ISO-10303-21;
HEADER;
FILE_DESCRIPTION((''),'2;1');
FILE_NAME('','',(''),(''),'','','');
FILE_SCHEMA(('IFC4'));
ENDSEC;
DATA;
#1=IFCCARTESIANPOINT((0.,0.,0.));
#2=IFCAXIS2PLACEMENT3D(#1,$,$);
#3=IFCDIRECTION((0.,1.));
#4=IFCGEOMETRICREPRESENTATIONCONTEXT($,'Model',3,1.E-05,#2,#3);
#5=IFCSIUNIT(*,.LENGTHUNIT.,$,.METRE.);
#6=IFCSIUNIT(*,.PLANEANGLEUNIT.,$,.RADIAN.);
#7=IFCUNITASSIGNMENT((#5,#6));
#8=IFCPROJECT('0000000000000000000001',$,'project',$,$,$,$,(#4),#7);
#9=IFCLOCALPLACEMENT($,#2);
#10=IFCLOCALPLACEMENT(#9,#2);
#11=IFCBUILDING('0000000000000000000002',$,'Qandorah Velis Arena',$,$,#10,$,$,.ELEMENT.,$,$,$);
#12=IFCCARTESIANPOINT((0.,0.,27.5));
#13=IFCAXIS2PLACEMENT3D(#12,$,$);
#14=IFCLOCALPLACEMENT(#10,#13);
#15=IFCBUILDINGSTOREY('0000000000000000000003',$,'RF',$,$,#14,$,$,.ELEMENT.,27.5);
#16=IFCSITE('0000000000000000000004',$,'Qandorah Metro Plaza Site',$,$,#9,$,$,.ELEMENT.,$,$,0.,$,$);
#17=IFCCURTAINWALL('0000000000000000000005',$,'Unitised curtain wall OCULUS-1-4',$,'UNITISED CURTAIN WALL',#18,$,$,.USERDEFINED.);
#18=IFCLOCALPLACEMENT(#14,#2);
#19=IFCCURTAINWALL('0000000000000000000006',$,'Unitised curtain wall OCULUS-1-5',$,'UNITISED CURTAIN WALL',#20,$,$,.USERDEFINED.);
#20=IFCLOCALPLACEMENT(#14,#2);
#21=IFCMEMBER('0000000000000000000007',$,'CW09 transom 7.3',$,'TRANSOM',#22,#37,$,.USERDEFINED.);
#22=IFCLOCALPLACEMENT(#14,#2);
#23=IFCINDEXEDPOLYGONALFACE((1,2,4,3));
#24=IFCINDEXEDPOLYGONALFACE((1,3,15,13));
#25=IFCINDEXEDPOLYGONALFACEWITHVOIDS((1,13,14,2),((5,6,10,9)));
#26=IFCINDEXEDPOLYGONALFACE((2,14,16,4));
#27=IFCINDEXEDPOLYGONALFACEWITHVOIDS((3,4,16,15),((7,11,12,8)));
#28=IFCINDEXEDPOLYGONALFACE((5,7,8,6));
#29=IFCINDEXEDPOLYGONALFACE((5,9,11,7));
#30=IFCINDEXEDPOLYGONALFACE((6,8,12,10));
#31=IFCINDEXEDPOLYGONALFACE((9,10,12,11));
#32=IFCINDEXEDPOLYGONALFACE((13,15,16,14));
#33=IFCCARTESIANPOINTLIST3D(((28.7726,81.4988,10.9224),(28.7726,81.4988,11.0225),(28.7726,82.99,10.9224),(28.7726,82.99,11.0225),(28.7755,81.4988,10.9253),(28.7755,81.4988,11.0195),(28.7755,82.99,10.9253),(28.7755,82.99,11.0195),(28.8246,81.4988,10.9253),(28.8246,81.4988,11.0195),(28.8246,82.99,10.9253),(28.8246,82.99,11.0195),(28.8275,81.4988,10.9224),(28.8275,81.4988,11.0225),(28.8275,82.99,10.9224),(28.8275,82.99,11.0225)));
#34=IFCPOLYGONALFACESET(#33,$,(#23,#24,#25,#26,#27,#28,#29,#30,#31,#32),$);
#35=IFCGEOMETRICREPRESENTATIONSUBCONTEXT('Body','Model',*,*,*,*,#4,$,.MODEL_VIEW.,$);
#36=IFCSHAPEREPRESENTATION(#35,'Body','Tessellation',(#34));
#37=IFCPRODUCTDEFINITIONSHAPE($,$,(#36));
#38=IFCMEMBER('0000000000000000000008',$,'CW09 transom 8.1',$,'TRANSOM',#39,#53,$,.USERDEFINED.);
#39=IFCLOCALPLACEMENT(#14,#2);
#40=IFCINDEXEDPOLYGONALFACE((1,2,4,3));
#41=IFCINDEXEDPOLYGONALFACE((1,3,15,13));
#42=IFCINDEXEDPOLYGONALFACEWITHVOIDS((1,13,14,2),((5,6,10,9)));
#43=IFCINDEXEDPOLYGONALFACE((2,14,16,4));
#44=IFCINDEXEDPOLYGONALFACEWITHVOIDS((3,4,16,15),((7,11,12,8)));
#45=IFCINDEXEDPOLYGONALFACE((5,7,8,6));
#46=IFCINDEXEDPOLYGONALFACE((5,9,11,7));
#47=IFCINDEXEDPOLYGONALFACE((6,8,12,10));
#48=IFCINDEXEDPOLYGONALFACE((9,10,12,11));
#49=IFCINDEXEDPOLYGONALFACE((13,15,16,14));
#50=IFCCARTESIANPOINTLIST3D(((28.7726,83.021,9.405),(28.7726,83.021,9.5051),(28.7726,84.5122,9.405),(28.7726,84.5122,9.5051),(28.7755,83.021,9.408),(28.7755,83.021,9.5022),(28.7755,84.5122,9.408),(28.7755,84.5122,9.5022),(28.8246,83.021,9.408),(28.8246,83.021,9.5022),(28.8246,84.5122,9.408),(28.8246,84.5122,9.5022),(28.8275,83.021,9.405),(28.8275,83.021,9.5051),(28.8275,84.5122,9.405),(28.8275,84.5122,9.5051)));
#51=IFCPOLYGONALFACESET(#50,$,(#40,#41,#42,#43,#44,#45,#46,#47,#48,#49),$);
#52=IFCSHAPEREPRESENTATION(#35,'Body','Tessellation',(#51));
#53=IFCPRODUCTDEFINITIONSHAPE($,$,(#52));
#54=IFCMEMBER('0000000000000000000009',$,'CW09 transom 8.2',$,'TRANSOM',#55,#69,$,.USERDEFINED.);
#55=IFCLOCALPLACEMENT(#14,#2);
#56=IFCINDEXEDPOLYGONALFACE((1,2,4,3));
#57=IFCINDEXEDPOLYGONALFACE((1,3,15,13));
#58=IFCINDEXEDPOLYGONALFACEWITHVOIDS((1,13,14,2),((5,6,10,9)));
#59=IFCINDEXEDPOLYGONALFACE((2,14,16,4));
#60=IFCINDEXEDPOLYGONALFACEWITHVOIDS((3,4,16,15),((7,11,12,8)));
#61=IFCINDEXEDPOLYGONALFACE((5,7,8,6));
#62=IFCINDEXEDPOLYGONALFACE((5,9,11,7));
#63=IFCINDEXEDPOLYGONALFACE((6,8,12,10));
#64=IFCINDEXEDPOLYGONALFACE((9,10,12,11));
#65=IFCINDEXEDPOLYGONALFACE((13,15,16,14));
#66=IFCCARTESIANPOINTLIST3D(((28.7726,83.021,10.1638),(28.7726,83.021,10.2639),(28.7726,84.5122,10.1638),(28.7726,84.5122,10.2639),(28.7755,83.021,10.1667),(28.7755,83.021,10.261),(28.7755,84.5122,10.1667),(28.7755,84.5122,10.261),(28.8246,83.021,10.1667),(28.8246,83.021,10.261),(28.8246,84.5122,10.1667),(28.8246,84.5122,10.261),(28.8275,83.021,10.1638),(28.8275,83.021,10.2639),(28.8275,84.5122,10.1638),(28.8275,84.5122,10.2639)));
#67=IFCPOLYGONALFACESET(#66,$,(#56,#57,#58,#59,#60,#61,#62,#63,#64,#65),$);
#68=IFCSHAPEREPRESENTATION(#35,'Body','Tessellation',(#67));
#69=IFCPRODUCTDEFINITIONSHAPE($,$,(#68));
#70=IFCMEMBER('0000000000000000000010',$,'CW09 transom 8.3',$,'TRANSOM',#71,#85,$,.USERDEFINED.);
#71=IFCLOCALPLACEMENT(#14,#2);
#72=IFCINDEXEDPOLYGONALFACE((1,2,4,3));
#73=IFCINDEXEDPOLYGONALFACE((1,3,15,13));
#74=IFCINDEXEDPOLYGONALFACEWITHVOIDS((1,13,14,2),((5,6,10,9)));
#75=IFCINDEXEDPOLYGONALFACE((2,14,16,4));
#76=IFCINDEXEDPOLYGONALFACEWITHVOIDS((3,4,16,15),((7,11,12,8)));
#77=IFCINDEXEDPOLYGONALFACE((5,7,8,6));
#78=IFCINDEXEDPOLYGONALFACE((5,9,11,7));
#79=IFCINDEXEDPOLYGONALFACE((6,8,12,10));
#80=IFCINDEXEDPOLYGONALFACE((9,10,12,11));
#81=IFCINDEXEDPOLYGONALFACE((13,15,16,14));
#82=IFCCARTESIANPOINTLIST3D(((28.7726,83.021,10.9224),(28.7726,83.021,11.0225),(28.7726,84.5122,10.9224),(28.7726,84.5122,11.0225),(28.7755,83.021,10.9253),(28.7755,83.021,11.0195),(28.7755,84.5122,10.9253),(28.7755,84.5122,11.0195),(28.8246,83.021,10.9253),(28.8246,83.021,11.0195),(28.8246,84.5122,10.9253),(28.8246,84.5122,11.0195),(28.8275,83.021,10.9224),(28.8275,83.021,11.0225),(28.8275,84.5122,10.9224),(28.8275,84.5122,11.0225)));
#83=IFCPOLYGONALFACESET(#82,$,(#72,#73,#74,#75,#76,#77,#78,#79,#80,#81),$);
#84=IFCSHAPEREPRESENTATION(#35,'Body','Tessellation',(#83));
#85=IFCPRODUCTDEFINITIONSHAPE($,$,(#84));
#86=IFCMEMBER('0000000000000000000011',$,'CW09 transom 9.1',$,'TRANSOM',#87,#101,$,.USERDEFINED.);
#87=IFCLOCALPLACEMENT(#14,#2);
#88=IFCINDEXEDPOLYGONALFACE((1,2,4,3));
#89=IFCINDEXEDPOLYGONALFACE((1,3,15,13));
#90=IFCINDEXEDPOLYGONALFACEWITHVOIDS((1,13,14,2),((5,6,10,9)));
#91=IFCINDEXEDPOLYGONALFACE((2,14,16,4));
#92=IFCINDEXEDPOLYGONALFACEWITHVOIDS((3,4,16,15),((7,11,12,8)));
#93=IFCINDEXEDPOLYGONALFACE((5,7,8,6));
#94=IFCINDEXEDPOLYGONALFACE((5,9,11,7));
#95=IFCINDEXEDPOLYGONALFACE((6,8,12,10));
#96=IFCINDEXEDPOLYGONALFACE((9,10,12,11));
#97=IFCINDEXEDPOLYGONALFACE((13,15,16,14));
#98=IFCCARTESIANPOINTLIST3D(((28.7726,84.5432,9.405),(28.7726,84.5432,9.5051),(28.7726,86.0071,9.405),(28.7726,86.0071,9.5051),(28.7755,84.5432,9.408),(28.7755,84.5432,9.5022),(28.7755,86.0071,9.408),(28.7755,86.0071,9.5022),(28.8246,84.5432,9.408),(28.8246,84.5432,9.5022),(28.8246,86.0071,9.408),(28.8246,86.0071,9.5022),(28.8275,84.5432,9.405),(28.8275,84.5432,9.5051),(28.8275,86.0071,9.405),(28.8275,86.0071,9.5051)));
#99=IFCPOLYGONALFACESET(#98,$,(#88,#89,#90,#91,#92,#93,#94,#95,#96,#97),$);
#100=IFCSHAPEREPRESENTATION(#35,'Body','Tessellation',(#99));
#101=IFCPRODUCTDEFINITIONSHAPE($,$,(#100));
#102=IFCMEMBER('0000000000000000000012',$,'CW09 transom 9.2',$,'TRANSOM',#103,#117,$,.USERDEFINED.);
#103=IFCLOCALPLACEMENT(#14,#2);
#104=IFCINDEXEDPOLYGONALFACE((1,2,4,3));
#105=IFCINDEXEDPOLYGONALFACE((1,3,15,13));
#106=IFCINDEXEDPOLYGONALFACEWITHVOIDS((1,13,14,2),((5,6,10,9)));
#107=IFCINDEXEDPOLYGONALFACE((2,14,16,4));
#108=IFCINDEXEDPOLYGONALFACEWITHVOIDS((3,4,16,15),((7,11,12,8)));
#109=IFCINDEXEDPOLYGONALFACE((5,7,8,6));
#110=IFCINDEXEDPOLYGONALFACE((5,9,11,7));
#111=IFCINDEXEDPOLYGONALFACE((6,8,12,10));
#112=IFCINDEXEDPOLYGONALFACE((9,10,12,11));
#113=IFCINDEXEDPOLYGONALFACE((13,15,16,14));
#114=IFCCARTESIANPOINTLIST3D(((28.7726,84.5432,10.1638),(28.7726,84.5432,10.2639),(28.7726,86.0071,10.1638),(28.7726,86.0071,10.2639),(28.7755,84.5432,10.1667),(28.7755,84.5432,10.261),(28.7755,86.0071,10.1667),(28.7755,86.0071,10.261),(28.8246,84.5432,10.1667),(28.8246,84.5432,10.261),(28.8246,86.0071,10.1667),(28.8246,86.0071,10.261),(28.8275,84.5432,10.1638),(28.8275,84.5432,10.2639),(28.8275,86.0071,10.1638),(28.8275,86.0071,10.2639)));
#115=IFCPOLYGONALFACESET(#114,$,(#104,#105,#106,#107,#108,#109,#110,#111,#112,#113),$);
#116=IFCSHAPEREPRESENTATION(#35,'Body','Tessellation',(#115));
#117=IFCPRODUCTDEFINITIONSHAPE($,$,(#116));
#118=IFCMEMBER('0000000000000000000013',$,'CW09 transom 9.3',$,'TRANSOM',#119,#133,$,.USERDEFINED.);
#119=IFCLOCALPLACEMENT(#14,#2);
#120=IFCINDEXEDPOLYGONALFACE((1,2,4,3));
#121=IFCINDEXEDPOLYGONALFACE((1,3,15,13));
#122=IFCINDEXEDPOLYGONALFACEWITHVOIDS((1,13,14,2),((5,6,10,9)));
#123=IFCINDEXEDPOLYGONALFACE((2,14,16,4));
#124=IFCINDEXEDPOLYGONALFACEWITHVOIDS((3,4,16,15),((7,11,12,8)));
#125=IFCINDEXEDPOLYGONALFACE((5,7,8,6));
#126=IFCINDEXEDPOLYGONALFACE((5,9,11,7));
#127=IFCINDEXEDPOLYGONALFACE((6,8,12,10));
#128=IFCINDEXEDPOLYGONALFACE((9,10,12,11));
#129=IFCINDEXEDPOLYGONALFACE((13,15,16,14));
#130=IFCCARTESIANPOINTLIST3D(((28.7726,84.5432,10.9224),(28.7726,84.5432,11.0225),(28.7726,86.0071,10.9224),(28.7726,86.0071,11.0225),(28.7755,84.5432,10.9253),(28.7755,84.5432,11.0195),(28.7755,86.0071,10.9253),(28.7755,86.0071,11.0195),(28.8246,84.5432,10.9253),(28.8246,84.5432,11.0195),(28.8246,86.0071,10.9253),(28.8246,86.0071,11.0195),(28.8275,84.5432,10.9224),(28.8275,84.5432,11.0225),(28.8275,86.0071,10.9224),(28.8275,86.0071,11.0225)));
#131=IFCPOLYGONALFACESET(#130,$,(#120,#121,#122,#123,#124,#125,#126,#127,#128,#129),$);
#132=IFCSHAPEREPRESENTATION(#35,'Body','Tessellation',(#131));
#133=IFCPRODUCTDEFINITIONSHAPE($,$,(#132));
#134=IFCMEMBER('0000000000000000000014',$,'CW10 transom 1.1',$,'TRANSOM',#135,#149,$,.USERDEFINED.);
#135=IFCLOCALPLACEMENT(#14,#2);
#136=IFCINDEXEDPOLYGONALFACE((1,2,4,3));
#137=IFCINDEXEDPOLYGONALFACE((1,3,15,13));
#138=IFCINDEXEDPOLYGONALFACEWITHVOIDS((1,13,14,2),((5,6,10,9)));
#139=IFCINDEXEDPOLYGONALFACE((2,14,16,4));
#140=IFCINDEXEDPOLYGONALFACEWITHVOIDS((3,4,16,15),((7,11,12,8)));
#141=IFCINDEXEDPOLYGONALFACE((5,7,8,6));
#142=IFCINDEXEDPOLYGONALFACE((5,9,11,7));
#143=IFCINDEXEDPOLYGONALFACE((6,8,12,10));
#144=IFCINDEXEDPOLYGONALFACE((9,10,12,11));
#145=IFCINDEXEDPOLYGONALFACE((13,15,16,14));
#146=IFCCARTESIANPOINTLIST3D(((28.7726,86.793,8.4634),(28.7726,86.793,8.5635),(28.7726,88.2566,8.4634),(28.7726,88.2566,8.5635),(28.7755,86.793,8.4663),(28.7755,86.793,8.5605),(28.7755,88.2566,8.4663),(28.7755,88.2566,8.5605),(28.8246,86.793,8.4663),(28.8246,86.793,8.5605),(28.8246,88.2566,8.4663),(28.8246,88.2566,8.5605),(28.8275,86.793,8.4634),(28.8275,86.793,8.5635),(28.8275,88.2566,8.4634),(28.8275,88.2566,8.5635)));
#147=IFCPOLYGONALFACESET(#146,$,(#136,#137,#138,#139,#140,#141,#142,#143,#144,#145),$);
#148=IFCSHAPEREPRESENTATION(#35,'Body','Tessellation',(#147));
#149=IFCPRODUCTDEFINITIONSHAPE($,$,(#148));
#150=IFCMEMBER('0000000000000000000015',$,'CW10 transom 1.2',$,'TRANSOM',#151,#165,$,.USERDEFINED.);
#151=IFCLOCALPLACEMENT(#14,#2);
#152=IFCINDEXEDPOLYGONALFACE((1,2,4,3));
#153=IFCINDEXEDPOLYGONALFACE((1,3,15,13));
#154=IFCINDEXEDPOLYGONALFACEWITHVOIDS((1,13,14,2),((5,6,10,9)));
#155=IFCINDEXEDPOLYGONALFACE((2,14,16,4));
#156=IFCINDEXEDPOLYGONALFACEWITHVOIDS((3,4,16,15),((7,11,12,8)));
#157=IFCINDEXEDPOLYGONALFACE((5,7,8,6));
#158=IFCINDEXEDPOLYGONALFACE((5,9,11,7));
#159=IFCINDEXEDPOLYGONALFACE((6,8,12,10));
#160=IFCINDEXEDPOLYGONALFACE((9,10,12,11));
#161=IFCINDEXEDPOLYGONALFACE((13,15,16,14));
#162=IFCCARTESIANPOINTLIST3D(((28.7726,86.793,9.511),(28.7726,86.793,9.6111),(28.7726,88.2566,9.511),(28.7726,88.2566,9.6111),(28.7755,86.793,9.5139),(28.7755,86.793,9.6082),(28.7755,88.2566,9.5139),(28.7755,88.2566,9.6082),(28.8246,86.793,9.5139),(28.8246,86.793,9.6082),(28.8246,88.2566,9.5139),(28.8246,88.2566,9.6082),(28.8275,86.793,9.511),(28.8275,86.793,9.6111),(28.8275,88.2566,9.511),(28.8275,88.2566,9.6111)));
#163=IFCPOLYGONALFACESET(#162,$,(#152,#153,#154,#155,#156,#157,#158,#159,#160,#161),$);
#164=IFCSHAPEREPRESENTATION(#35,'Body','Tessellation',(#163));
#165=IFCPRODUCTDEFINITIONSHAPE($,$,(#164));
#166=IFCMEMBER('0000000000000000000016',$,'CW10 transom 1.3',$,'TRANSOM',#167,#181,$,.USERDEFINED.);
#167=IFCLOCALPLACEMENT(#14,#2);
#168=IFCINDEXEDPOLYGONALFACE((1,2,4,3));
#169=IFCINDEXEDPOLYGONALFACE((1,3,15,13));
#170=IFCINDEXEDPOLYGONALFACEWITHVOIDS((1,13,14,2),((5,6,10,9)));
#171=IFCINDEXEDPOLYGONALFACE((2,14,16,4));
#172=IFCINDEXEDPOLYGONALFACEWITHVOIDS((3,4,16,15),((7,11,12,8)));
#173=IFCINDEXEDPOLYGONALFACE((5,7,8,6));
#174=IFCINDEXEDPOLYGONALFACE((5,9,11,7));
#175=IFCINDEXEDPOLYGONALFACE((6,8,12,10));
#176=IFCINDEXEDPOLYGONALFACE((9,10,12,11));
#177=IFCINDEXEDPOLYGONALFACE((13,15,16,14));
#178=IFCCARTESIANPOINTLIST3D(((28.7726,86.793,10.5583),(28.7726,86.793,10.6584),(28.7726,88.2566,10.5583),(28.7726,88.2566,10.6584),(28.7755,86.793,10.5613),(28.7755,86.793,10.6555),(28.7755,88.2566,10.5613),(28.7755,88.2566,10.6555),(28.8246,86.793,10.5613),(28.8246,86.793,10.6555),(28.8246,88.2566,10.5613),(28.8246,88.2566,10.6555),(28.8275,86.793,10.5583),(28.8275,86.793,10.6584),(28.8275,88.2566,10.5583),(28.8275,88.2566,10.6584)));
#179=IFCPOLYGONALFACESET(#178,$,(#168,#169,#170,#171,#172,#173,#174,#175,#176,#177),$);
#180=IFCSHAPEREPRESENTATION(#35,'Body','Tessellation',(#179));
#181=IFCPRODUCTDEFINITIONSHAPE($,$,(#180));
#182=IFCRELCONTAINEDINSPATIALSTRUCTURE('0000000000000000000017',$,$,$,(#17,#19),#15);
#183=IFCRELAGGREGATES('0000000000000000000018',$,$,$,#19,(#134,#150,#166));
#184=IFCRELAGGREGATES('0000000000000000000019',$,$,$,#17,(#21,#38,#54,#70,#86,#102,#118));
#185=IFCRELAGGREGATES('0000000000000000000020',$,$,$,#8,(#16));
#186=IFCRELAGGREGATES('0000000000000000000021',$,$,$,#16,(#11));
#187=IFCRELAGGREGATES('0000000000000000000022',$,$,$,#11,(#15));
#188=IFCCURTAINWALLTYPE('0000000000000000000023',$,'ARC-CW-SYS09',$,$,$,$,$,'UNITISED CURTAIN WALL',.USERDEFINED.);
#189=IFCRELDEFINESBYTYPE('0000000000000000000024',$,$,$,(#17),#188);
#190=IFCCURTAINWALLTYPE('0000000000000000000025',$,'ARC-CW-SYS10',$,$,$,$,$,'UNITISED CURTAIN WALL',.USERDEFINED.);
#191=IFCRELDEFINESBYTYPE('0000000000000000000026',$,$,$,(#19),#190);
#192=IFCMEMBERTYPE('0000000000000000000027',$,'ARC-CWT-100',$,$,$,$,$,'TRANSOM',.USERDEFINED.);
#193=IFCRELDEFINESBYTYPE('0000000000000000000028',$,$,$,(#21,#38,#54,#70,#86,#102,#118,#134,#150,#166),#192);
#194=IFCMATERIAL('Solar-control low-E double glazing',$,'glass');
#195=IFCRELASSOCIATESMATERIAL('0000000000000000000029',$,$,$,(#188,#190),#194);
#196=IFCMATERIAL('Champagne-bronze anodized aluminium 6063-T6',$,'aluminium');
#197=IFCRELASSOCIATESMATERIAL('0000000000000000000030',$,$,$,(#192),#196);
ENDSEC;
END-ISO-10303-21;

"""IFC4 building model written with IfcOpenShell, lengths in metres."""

from ifc_helpers import new_model, si_unit, direction, frame, origin, origin_2d, place, context, subcontext, project, spatial, hollow_rectangle, extrude, material, material_profile, profile_set, type_object, element, aggregate, save


model = new_model("IFC4")

# Units and contexts
model_context = context("Model", 3, precision=1e-05, world=origin(), true_north=direction((0.0, 1.0)))
body_context = subcontext(model_context, "Body", "Model", "MODEL_VIEW")
ifc_project = project(units=[si_unit("LENGTHUNIT", "METRE"), si_unit("PLANEANGLEUNIT", "RADIAN")], contexts=[model_context])

# Site, building, storey
site_placement = place(None, origin())
site = spatial("IfcSite", under=ifc_project, at=site_placement, Name="Qandorah Metro Plaza Site", CompositionType="ELEMENT", RefElevation=0.0)
building_placement = place(site_placement, origin())
building = spatial("IfcBuilding", under=site, at=building_placement, Name="Qandorah Velis Arena", CompositionType="ELEMENT")
storey_placement = place(building_placement, frame((0.0, 0.0, 27.5)))
storey = spatial("IfcBuildingStorey", under=building, at=storey_placement, Name="RF", CompositionType="ELEMENT", Elevation=27.5)

# Curtain wall
ifc_material_1 = material(Name="Solar-control low-E double glazing", Category="glass")
curtain_wall_type_1 = type_object("IfcCurtainWallType", Name="ARC-CW-SYS09", ElementType="UNITISED CURTAIN WALL", PredefinedType="USERDEFINED", material=ifc_material_1)
curtain_wall_1_placement = place(storey_placement, origin())
curtain_wall_1 = element("IfcCurtainWall", 1, at=curtain_wall_1_placement, inside=storey, type_object=curtain_wall_type_1, Name="Unitised curtain wall OCULUS-1-4", ObjectType="UNITISED CURTAIN WALL", PredefinedType="USERDEFINED")
ifc_material_2 = material(Name="Champagne-bronze anodized aluminium 6063-T6", Category="aluminium")

# Curtain wall
curtain_wall_type_2 = type_object("IfcCurtainWallType", Name="ARC-CW-SYS10", ElementType="UNITISED CURTAIN WALL", PredefinedType="USERDEFINED", material=ifc_material_1)
curtain_wall_2_placement = place(storey_placement, origin())
curtain_wall_2 = element("IfcCurtainWall", 2, at=curtain_wall_2_placement, inside=storey, type_object=curtain_wall_type_2, Name="Unitised curtain wall OCULUS-1-5", ObjectType="UNITISED CURTAIN WALL", PredefinedType="USERDEFINED")

# Members
ifc_material_profile_1 = material_profile(ifc_material_2, hollow_rectangle(XDim=0.0549, YDim=0.1001, WallThickness=0.0029, at=origin_2d()), Name="ALU TRANSOM 55x100")
ifc_profile_set_1 = profile_set([ifc_material_profile_1], Name="Champagne-bronze anodized aluminium 6063-T6")
member_type_1 = type_object("IfcMemberType", Name="ARC-CWT-100", ElementType="TRANSOM", PredefinedType="USERDEFINED", material=ifc_profile_set_1)
member_1_placement = place(storey_placement, frame((28.8, 81.4988, 10.9724), z_axis=(0.0, 1.0, 0.0), x_axis=(-1.0, 0.0, 0.0)))
member_1 = element("IfcMember", 3, at=member_1_placement, type_object=member_type_1, Name="CW09 transom 7.3", ObjectType="TRANSOM", PredefinedType="USERDEFINED", context=body_context, shape_type="SweptSolid", body=[
    extrude(hollow_rectangle(XDim=0.0549, YDim=0.1001, WallThickness=0.0029, at=origin_2d()), origin(), (0.0, 0.0, 1.0), 1.4912),
])
member_2_placement = place(storey_placement, frame((28.8, 83.021, 9.4551), z_axis=(0.0, 1.0, 0.0), x_axis=(-1.0, 0.0, 0.0)))
member_2 = element("IfcMember", 4, at=member_2_placement, type_object=member_type_1, Name="CW09 transom 8.1", ObjectType="TRANSOM", PredefinedType="USERDEFINED", context=body_context, shape_type="SweptSolid", body=[
    extrude(hollow_rectangle(XDim=0.0549, YDim=0.1001, WallThickness=0.0029, at=origin_2d()), origin(), (0.0, 0.0, 1.0), 1.4912),
])
member_3_placement = place(storey_placement, frame((28.8, 83.021, 10.2139), z_axis=(0.0, 1.0, 0.0), x_axis=(-1.0, 0.0, 0.0)))
member_3 = element("IfcMember", 5, at=member_3_placement, type_object=member_type_1, Name="CW09 transom 8.2", ObjectType="TRANSOM", PredefinedType="USERDEFINED", context=body_context, shape_type="SweptSolid", body=[
    extrude(hollow_rectangle(XDim=0.0549, YDim=0.1001, WallThickness=0.0029, at=origin_2d()), origin(), (0.0, 0.0, 1.0), 1.4912),
])
member_4_placement = place(storey_placement, frame((28.8, 83.021, 10.9724), z_axis=(0.0, 1.0, 0.0), x_axis=(-1.0, 0.0, 0.0)))
member_4 = element("IfcMember", 6, at=member_4_placement, type_object=member_type_1, Name="CW09 transom 8.3", ObjectType="TRANSOM", PredefinedType="USERDEFINED", context=body_context, shape_type="SweptSolid", body=[
    extrude(hollow_rectangle(XDim=0.0549, YDim=0.1001, WallThickness=0.0029, at=origin_2d()), origin(), (0.0, 0.0, 1.0), 1.4912),
])
member_5_placement = place(storey_placement, frame((28.8, 84.5432, 9.4551), z_axis=(0.0, 1.0, 0.0), x_axis=(-1.0, 0.0, 0.0)))
member_5 = element("IfcMember", 7, at=member_5_placement, type_object=member_type_1, Name="CW09 transom 9.1", ObjectType="TRANSOM", PredefinedType="USERDEFINED", context=body_context, shape_type="SweptSolid", body=[
    extrude(hollow_rectangle(XDim=0.0549, YDim=0.1001, WallThickness=0.0029, at=origin_2d()), origin(), (0.0, 0.0, 1.0), 1.4639),
])
member_6_placement = place(storey_placement, frame((28.8, 84.5432, 10.2139), z_axis=(0.0, 1.0, 0.0), x_axis=(-1.0, 0.0, 0.0)))
member_6 = element("IfcMember", 8, at=member_6_placement, type_object=member_type_1, Name="CW09 transom 9.2", ObjectType="TRANSOM", PredefinedType="USERDEFINED", context=body_context, shape_type="SweptSolid", body=[
    extrude(hollow_rectangle(XDim=0.0549, YDim=0.1001, WallThickness=0.0029, at=origin_2d()), origin(), (0.0, 0.0, 1.0), 1.4639),
])
member_7_placement = place(storey_placement, frame((28.8, 84.5432, 10.9724), z_axis=(0.0, 1.0, 0.0), x_axis=(-1.0, 0.0, 0.0)))
member_7 = element("IfcMember", 9, at=member_7_placement, type_object=member_type_1, Name="CW09 transom 9.3", ObjectType="TRANSOM", PredefinedType="USERDEFINED", context=body_context, shape_type="SweptSolid", body=[
    extrude(hollow_rectangle(XDim=0.0549, YDim=0.1001, WallThickness=0.0029, at=origin_2d()), origin(), (0.0, 0.0, 1.0), 1.4639),
])
member_8_placement = place(storey_placement, frame((28.8, 86.793, 8.5134), z_axis=(0.0, 1.0, 0.0), x_axis=(-1.0, 0.0, 0.0)))
member_8 = element("IfcMember", 10, at=member_8_placement, type_object=member_type_1, Name="CW10 transom 1.1", ObjectType="TRANSOM", PredefinedType="USERDEFINED", context=body_context, shape_type="SweptSolid", body=[
    extrude(hollow_rectangle(XDim=0.0549, YDim=0.1001, WallThickness=0.0029, at=origin_2d()), origin(), (0.0, 0.0, 1.0), 1.4636),
])
member_9_placement = place(storey_placement, frame((28.8, 86.793, 9.561), z_axis=(0.0, 1.0, 0.0), x_axis=(-1.0, 0.0, 0.0)))
member_9 = element("IfcMember", 11, at=member_9_placement, type_object=member_type_1, Name="CW10 transom 1.2", ObjectType="TRANSOM", PredefinedType="USERDEFINED", context=body_context, shape_type="SweptSolid", body=[
    extrude(hollow_rectangle(XDim=0.0549, YDim=0.1001, WallThickness=0.0029, at=origin_2d()), origin(), (0.0, 0.0, 1.0), 1.4636),
])
member_10_placement = place(storey_placement, frame((28.8, 86.793, 10.6084), z_axis=(0.0, 1.0, 0.0), x_axis=(-1.0, 0.0, 0.0)))
member_10 = element("IfcMember", 12, at=member_10_placement, type_object=member_type_1, Name="CW10 transom 1.3", ObjectType="TRANSOM", PredefinedType="USERDEFINED", context=body_context, shape_type="SweptSolid", body=[
    extrude(hollow_rectangle(XDim=0.0549, YDim=0.1001, WallThickness=0.0029, at=origin_2d()), origin(), (0.0, 0.0, 1.0), 1.4636),
])
aggregate(curtain_wall_2, [member_8, member_9, member_10])

aggregate(curtain_wall_1, [member_1, member_2, member_3, member_4, member_5, member_6, member_7])

save(model, "model.ifc")
